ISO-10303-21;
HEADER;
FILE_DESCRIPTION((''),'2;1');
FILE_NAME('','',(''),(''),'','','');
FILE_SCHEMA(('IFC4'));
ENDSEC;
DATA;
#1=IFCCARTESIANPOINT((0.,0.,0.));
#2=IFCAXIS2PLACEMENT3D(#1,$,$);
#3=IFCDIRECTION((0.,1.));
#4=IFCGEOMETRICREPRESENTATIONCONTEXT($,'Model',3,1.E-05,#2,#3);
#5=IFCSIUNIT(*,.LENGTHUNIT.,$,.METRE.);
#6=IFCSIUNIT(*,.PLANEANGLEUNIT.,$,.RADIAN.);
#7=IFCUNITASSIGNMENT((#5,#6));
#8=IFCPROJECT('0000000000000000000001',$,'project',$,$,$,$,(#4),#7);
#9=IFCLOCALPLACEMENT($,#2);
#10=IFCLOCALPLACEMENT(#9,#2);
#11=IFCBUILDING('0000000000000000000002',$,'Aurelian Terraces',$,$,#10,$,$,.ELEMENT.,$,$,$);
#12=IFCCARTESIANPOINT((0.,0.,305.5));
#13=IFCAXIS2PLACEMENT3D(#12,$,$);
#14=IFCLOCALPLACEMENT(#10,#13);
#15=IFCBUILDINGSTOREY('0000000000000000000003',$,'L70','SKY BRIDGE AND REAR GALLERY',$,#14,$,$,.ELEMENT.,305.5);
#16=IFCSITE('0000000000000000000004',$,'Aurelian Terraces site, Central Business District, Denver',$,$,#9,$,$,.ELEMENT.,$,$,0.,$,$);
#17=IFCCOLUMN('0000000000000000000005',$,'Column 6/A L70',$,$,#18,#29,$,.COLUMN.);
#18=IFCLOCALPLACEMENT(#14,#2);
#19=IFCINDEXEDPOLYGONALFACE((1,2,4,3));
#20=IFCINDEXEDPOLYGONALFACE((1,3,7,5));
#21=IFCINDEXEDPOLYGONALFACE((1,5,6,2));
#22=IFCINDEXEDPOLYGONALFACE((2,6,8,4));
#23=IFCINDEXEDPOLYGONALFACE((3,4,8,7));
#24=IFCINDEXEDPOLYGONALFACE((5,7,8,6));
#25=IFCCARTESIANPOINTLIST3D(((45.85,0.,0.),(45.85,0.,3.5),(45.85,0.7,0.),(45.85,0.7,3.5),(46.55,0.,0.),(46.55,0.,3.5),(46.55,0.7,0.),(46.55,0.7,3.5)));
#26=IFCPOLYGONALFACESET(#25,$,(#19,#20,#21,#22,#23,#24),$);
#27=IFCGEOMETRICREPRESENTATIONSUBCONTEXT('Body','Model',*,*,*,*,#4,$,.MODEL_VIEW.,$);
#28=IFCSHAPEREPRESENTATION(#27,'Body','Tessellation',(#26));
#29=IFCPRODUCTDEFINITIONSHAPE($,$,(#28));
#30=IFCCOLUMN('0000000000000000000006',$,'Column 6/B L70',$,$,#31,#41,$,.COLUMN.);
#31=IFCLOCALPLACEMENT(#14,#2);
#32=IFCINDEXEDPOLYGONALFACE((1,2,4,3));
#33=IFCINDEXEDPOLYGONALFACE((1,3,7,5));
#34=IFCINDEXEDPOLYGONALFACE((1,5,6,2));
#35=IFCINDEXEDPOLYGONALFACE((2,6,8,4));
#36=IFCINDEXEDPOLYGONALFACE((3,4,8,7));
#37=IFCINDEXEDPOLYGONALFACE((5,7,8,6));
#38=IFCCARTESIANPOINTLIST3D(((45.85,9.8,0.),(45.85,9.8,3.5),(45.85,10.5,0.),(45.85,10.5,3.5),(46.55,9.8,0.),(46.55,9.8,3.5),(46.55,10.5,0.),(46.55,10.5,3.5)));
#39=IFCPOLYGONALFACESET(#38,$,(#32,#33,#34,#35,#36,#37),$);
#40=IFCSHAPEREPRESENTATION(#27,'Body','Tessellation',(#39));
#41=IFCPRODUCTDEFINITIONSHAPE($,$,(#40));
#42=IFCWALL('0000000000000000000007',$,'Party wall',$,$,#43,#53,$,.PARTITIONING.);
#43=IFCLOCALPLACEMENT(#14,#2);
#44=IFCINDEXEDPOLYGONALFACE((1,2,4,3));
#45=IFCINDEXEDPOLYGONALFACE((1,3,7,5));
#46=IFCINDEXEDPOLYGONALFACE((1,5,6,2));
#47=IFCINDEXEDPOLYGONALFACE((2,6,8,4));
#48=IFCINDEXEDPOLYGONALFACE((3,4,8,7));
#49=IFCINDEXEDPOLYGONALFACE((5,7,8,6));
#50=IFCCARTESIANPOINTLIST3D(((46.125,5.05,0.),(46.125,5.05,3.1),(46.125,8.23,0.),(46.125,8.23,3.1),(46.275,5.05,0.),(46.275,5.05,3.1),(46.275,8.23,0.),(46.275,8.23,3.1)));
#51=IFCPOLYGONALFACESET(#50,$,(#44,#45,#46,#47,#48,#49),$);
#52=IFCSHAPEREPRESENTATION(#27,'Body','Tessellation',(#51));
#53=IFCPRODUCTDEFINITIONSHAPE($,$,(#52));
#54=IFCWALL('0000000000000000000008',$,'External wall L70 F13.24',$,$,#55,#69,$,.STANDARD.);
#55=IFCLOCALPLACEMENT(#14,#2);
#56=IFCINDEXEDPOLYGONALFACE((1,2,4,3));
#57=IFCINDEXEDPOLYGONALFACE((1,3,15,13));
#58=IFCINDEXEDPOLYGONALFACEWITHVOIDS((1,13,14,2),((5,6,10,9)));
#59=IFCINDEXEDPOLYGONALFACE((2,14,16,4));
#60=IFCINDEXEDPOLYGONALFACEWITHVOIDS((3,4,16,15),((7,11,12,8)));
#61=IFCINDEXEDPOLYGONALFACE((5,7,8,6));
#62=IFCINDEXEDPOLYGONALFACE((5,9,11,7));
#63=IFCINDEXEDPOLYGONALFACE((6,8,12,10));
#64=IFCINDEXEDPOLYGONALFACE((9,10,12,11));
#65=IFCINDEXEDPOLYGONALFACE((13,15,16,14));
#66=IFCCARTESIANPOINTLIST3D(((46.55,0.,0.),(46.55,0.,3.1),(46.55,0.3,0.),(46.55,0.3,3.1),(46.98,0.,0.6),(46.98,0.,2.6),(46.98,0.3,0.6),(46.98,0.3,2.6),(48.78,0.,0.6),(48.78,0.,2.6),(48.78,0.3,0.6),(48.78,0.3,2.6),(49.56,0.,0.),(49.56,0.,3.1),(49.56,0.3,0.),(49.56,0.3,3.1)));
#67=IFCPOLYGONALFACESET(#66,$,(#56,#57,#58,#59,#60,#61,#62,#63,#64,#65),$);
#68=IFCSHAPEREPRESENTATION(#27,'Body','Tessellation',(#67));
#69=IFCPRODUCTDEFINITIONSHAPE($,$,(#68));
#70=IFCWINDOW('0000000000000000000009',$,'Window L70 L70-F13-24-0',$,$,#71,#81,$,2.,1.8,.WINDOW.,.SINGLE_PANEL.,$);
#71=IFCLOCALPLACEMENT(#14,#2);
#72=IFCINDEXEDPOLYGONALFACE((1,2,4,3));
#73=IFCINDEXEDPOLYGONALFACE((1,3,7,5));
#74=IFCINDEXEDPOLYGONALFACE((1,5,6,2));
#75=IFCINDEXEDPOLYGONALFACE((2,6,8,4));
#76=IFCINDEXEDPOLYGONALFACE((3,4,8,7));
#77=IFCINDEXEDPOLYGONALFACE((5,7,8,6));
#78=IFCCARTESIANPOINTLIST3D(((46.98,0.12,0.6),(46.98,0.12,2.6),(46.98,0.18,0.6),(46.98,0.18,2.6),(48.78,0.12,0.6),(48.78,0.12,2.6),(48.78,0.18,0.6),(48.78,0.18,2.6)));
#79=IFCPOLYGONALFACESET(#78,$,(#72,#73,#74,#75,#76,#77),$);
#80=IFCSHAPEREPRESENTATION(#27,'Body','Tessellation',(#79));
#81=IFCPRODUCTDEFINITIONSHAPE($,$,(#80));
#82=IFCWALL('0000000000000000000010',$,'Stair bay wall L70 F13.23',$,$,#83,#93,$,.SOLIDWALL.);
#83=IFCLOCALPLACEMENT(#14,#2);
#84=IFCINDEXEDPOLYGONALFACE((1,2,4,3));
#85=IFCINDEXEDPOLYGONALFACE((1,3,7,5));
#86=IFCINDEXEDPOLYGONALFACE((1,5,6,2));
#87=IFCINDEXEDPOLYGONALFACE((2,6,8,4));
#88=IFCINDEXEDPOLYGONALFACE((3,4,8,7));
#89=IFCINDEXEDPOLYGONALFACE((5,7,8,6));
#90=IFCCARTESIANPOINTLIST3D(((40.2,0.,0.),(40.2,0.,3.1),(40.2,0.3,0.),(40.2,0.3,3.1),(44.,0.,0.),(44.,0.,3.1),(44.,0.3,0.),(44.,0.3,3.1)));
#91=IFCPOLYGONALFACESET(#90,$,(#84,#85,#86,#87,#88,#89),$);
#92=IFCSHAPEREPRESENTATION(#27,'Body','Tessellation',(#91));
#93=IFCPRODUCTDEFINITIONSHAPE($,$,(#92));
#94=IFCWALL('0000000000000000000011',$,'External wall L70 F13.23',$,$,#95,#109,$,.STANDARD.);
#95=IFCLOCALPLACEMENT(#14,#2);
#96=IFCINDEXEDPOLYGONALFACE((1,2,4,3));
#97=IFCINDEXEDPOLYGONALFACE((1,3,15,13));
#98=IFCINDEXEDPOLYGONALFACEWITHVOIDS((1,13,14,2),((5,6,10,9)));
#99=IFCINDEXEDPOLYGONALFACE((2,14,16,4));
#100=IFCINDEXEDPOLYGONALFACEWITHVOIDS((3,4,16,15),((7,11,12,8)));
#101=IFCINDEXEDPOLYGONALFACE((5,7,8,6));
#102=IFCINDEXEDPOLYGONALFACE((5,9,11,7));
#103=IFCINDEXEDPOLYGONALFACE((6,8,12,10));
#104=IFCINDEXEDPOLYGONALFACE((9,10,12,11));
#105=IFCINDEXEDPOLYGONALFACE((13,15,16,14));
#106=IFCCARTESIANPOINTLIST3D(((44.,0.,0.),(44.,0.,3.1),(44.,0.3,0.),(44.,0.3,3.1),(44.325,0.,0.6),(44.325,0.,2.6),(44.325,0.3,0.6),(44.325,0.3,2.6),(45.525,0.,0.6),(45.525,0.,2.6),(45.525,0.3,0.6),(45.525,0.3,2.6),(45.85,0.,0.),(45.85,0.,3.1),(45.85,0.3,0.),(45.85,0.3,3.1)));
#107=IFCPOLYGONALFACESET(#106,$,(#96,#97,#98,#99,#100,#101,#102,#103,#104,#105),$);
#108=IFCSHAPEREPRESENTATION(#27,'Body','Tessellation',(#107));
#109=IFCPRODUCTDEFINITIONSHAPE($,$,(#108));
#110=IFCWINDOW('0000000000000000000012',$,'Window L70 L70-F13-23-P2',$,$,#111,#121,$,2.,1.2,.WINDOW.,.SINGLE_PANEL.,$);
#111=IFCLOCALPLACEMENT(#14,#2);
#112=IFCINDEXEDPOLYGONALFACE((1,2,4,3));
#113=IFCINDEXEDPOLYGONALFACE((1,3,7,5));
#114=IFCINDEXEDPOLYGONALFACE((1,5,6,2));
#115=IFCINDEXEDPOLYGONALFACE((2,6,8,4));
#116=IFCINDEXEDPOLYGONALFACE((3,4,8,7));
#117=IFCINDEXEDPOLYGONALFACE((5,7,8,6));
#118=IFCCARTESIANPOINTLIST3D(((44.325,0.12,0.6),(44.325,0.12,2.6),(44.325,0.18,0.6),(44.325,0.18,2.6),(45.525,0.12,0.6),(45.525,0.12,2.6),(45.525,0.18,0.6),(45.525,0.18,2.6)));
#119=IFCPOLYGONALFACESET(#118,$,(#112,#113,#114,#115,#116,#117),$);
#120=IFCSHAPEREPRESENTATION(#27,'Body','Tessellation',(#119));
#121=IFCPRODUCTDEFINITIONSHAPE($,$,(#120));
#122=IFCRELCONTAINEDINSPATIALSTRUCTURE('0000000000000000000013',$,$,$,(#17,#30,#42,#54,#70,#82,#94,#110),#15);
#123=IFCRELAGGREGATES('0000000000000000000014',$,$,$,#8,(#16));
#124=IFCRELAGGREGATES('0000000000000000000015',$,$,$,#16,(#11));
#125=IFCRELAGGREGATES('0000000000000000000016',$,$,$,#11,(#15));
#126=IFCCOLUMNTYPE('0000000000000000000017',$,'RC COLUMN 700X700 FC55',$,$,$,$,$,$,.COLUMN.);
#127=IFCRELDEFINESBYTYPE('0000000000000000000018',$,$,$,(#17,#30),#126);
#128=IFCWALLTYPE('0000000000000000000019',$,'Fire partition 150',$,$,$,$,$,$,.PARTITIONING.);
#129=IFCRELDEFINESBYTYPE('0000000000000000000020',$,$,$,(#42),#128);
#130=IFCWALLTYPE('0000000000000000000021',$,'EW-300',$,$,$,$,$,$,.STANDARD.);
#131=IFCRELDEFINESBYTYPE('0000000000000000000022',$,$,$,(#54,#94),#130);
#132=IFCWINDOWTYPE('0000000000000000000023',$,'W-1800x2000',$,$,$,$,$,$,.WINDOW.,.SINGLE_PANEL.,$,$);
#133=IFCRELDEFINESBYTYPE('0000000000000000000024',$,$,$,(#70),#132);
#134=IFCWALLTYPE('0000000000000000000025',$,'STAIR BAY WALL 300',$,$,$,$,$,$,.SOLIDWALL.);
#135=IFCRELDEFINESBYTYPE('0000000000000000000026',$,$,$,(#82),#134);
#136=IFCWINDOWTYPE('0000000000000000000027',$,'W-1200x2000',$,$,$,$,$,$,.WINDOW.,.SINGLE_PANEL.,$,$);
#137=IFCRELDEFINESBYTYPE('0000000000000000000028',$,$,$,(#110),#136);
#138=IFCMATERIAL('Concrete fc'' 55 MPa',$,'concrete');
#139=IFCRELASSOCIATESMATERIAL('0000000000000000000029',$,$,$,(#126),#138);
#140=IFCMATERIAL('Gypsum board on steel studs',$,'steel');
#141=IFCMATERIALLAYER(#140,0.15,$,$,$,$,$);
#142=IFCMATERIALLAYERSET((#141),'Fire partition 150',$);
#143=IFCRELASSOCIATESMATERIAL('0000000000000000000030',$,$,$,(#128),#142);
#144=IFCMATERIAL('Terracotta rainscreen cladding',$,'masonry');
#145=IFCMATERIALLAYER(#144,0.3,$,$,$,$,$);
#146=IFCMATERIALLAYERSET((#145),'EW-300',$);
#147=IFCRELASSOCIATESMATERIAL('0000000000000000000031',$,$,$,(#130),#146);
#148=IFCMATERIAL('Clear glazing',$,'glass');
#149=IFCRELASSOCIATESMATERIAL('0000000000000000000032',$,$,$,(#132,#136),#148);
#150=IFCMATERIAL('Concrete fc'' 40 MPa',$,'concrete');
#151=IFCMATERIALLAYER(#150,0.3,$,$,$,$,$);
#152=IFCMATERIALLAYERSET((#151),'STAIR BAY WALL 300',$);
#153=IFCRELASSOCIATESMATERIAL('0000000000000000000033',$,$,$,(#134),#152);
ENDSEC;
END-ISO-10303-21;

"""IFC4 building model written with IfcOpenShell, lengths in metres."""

from ifc_helpers import new_model, si_unit, direction, frame, frame_2d, origin, origin_2d, place, context, subcontext, project, spatial, rectangle, extrude, source, transform, mapped, material, layer, layer_set, material_profile, profile_set, type_object, element, fill, save


model = new_model("IFC4")

# Units and contexts
model_context = context("Model", 3, precision=1e-05, world=origin(), true_north=direction((0.0, 1.0)))
body_context = subcontext(model_context, "Body", "Model", "MODEL_VIEW")
ifc_project = project(units=[si_unit("LENGTHUNIT", "METRE"), si_unit("PLANEANGLEUNIT", "RADIAN")], contexts=[model_context])

# Site, building, storey
site_placement = place(None, origin())
site = spatial("IfcSite", under=ifc_project, at=site_placement, Name="Aurelian Terraces site, Central Business District, Denver", CompositionType="ELEMENT", RefElevation=0.0)
building_placement = place(site_placement, origin())
building = spatial("IfcBuilding", under=site, at=building_placement, Name="Aurelian Terraces", CompositionType="ELEMENT")
storey_placement = place(building_placement, frame((0.0, 0.0, 305.5)))
storey = spatial("IfcBuildingStorey", under=building, at=storey_placement, Name="L70", Description="SKY BRIDGE AND REAR GALLERY", CompositionType="ELEMENT", Elevation=305.5)

# Columns
ifc_material_1 = material(Name="Concrete fc' 55 MPa", Category="concrete")
ifc_material_profile = material_profile(ifc_material_1, rectangle(XDim=0.7, YDim=0.7, at=origin_2d()))
ifc_profile_set = profile_set([ifc_material_profile], Name="Concrete fc' 55 MPa")
column_type = type_object("IfcColumnType", Name="RC COLUMN 700X700 FC55", PredefinedType="COLUMN", material=ifc_profile_set)
shared_shape_1 = source(origin(), body_context, "Body", "SweptSolid", [
    extrude(rectangle(XDim=0.7, YDim=0.7, at=origin_2d()), origin(), (0.0, 0.0, 1.0), 3.5),
])
for number, where, z_axis, x_axis, name in (
    (1, (46.2, 0.35, 0.0), (0.0, 0.0, 1.0), (1.0, 0.0, 0.0), "Column 6/A L70"),
    (2, (46.2, 10.15, 0.0), (0.0, 0.0, 1.0), (1.0, 0.0, 0.0), "Column 6/B L70"),
):
    element("IfcColumn", number, at=place(storey_placement, frame(where, z_axis=z_axis, x_axis=x_axis)), inside=storey, type_object=column_type, Name=name, PredefinedType="COLUMN", context=body_context, shape_type="MappedRepresentation", body=[
        mapped(shared_shape_1, transform((0.0, 0.0, 0.0), scale=1.0)),
    ])

# Wall
ifc_material_2 = material(Name="Gypsum board on steel studs", Category="steel")
ifc_layer_1 = layer(ifc_material_2, 0.15)
ifc_layer_set_1 = layer_set([ifc_layer_1], Name="Fire partition 150")
wall_type_1 = type_object("IfcWallType", Name="Fire partition 150", PredefinedType="PARTITIONING", material=ifc_layer_set_1)
wall_1_placement = place(storey_placement, frame((46.2, 5.05, 0.0), z_axis=(0.0, 0.0, 1.0), x_axis=(0.0, 1.0, 0.0)))
element("IfcWall", 3, at=wall_1_placement, inside=storey, type_object=wall_type_1, Name="Party wall", PredefinedType="PARTITIONING", context=body_context, shape_type="SweptSolid", body=[
    extrude(rectangle(XDim=3.18, YDim=0.15, at=frame_2d((1.59, 0.0))), origin(), (0.0, 0.0, 1.0), 3.1),
])

# Wall, opening, window
ifc_material_3 = material(Name="Terracotta rainscreen cladding", Category="masonry")
ifc_layer_2 = layer(ifc_material_3, 0.3)
ifc_layer_set_2 = layer_set([ifc_layer_2], Name="EW-300")
wall_type_2 = type_object("IfcWallType", Name="EW-300", PredefinedType="STANDARD", material=ifc_layer_set_2)
shared_shape_2 = source(origin(), body_context, "Body", "SweptSolid", [
    extrude(rectangle(XDim=3.01, YDim=0.3, at=frame_2d((1.505, 0.0))), origin(), (0.0, 0.0, 1.0), 3.1),
])
wall_2_placement = place(storey_placement, frame((46.55, 0.15, 0.0), z_axis=(0.0, 0.0, 1.0), x_axis=(1.0, 0.0, 0.0)))
wall_2 = element("IfcWall", 4, at=wall_2_placement, inside=storey, type_object=wall_type_2, Name="External wall L70 F13.24", PredefinedType="STANDARD", context=body_context, shape_type="MappedRepresentation", body=[
    mapped(shared_shape_2, transform((0.0, 0.0, 0.0), scale=1.0)),
])
shared_shape_3 = source(origin(), body_context, "Body", "SweptSolid", [
    extrude(rectangle(XDim=1.8, YDim=2.0, at=frame_2d((0.9, 1.0))), frame((0.0, 0.16, 0.0), z_axis=(0.0, -1.0, 0.0), x_axis=(1.0, 0.0, 0.0)), (0.0, 0.0, 1.0), 0.32),
])
opening_1_placement = place(wall_2_placement, frame((0.43, 0.0, 0.6)))
opening_1 = element("IfcOpeningElement", 5, at=opening_1_placement, cuts=wall_2, PredefinedType="OPENING", context=body_context, shape_type="MappedRepresentation", body=[
    mapped(shared_shape_3, transform((0.0, 0.0, 0.0), scale=1.0)),
])
ifc_material_4 = material(Name="Clear glazing", Category="glass")
window_type_1 = type_object("IfcWindowType", Name="W-1800x2000", PartitioningType="SINGLE_PANEL", PredefinedType="WINDOW", material=ifc_material_4)
shared_shape_4 = source(origin(), body_context, "Body", "SweptSolid", [
    extrude(rectangle(XDim=1.8, YDim=2.0, at=frame_2d((0.9, 1.0))), frame((0.0, 0.03, 0.0), z_axis=(0.0, -1.0, 0.0), x_axis=(1.0, 0.0, 0.0)), (0.0, 0.0, 1.0), 0.06),
])
window_1_placement = place(opening_1_placement, origin())
window_1 = element("IfcWindow", 6, at=window_1_placement, inside=storey, type_object=window_type_1, Name="Window L70 L70-F13-24-0", OverallHeight=2.0, OverallWidth=1.8, PartitioningType="SINGLE_PANEL", PredefinedType="WINDOW", context=body_context, shape_type="MappedRepresentation", body=[
    mapped(shared_shape_4, transform((0.0, 0.0, 0.0), scale=1.0)),
])
fill(opening_1, window_1)

# Wall
ifc_material_5 = material(Name="Concrete fc' 40 MPa", Category="concrete")
ifc_layer_3 = layer(ifc_material_5, 0.3)
ifc_layer_set_3 = layer_set([ifc_layer_3], Name="STAIR BAY WALL 300")
wall_type_3 = type_object("IfcWallType", Name="STAIR BAY WALL 300", PredefinedType="SOLIDWALL", material=ifc_layer_set_3)
shared_shape_5 = source(origin(), body_context, "Body", "SweptSolid", [
    extrude(rectangle(XDim=3.8, YDim=0.3, at=frame_2d((1.9, 0.0))), origin(), (0.0, 0.0, 1.0), 3.1),
])
wall_3_placement = place(storey_placement, frame((40.2, 0.15, 0.0), z_axis=(0.0, 0.0, 1.0), x_axis=(1.0, 0.0, 0.0)))
element("IfcWall", 7, at=wall_3_placement, inside=storey, type_object=wall_type_3, Name="Stair bay wall L70 F13.23", PredefinedType="SOLIDWALL", context=body_context, shape_type="MappedRepresentation", body=[
    mapped(shared_shape_5, transform((0.0, 0.0, 0.0), scale=1.0)),
])

# Wall, opening, window
shared_shape_6 = source(origin(), body_context, "Body", "SweptSolid", [
    extrude(rectangle(XDim=1.85, YDim=0.3, at=frame_2d((0.925, 0.0))), origin(), (0.0, 0.0, 1.0), 3.1),
])
wall_4_placement = place(storey_placement, frame((44.0, 0.15, 0.0), z_axis=(0.0, 0.0, 1.0), x_axis=(1.0, 0.0, 0.0)))
wall_4 = element("IfcWall", 8, at=wall_4_placement, inside=storey, type_object=wall_type_2, Name="External wall L70 F13.23", PredefinedType="STANDARD", context=body_context, shape_type="MappedRepresentation", body=[
    mapped(shared_shape_6, transform((0.0, 0.0, 0.0), scale=1.0)),
])
shared_shape_7 = source(origin(), body_context, "Body", "SweptSolid", [
    extrude(rectangle(XDim=1.2, YDim=2.0, at=frame_2d((0.6, 1.0))), frame((0.0, 0.16, 0.0), z_axis=(0.0, -1.0, 0.0), x_axis=(1.0, 0.0, 0.0)), (0.0, 0.0, 1.0), 0.32),
])
opening_2_placement = place(wall_4_placement, frame((0.325, 0.0, 0.6)))
opening_2 = element("IfcOpeningElement", 9, at=opening_2_placement, cuts=wall_4, PredefinedType="OPENING", context=body_context, shape_type="MappedRepresentation", body=[
    mapped(shared_shape_7, transform((0.0, 0.0, 0.0), scale=1.0)),
])
window_type_2 = type_object("IfcWindowType", Name="W-1200x2000", PartitioningType="SINGLE_PANEL", PredefinedType="WINDOW", material=ifc_material_4)
shared_shape_8 = source(origin(), body_context, "Body", "SweptSolid", [
    extrude(rectangle(XDim=1.2, YDim=2.0, at=frame_2d((0.6, 1.0))), frame((0.0, 0.03, 0.0), z_axis=(0.0, -1.0, 0.0), x_axis=(1.0, 0.0, 0.0)), (0.0, 0.0, 1.0), 0.06),
])
window_2_placement = place(opening_2_placement, origin())
window_2 = element("IfcWindow", 10, at=window_2_placement, inside=storey, type_object=window_type_2, Name="Window L70 L70-F13-23-P2", OverallHeight=2.0, OverallWidth=1.2, PartitioningType="SINGLE_PANEL", PredefinedType="WINDOW", context=body_context, shape_type="MappedRepresentation", body=[
    mapped(shared_shape_8, transform((0.0, 0.0, 0.0), scale=1.0)),
])
fill(opening_2, window_2)

save(model, "model.ifc")
